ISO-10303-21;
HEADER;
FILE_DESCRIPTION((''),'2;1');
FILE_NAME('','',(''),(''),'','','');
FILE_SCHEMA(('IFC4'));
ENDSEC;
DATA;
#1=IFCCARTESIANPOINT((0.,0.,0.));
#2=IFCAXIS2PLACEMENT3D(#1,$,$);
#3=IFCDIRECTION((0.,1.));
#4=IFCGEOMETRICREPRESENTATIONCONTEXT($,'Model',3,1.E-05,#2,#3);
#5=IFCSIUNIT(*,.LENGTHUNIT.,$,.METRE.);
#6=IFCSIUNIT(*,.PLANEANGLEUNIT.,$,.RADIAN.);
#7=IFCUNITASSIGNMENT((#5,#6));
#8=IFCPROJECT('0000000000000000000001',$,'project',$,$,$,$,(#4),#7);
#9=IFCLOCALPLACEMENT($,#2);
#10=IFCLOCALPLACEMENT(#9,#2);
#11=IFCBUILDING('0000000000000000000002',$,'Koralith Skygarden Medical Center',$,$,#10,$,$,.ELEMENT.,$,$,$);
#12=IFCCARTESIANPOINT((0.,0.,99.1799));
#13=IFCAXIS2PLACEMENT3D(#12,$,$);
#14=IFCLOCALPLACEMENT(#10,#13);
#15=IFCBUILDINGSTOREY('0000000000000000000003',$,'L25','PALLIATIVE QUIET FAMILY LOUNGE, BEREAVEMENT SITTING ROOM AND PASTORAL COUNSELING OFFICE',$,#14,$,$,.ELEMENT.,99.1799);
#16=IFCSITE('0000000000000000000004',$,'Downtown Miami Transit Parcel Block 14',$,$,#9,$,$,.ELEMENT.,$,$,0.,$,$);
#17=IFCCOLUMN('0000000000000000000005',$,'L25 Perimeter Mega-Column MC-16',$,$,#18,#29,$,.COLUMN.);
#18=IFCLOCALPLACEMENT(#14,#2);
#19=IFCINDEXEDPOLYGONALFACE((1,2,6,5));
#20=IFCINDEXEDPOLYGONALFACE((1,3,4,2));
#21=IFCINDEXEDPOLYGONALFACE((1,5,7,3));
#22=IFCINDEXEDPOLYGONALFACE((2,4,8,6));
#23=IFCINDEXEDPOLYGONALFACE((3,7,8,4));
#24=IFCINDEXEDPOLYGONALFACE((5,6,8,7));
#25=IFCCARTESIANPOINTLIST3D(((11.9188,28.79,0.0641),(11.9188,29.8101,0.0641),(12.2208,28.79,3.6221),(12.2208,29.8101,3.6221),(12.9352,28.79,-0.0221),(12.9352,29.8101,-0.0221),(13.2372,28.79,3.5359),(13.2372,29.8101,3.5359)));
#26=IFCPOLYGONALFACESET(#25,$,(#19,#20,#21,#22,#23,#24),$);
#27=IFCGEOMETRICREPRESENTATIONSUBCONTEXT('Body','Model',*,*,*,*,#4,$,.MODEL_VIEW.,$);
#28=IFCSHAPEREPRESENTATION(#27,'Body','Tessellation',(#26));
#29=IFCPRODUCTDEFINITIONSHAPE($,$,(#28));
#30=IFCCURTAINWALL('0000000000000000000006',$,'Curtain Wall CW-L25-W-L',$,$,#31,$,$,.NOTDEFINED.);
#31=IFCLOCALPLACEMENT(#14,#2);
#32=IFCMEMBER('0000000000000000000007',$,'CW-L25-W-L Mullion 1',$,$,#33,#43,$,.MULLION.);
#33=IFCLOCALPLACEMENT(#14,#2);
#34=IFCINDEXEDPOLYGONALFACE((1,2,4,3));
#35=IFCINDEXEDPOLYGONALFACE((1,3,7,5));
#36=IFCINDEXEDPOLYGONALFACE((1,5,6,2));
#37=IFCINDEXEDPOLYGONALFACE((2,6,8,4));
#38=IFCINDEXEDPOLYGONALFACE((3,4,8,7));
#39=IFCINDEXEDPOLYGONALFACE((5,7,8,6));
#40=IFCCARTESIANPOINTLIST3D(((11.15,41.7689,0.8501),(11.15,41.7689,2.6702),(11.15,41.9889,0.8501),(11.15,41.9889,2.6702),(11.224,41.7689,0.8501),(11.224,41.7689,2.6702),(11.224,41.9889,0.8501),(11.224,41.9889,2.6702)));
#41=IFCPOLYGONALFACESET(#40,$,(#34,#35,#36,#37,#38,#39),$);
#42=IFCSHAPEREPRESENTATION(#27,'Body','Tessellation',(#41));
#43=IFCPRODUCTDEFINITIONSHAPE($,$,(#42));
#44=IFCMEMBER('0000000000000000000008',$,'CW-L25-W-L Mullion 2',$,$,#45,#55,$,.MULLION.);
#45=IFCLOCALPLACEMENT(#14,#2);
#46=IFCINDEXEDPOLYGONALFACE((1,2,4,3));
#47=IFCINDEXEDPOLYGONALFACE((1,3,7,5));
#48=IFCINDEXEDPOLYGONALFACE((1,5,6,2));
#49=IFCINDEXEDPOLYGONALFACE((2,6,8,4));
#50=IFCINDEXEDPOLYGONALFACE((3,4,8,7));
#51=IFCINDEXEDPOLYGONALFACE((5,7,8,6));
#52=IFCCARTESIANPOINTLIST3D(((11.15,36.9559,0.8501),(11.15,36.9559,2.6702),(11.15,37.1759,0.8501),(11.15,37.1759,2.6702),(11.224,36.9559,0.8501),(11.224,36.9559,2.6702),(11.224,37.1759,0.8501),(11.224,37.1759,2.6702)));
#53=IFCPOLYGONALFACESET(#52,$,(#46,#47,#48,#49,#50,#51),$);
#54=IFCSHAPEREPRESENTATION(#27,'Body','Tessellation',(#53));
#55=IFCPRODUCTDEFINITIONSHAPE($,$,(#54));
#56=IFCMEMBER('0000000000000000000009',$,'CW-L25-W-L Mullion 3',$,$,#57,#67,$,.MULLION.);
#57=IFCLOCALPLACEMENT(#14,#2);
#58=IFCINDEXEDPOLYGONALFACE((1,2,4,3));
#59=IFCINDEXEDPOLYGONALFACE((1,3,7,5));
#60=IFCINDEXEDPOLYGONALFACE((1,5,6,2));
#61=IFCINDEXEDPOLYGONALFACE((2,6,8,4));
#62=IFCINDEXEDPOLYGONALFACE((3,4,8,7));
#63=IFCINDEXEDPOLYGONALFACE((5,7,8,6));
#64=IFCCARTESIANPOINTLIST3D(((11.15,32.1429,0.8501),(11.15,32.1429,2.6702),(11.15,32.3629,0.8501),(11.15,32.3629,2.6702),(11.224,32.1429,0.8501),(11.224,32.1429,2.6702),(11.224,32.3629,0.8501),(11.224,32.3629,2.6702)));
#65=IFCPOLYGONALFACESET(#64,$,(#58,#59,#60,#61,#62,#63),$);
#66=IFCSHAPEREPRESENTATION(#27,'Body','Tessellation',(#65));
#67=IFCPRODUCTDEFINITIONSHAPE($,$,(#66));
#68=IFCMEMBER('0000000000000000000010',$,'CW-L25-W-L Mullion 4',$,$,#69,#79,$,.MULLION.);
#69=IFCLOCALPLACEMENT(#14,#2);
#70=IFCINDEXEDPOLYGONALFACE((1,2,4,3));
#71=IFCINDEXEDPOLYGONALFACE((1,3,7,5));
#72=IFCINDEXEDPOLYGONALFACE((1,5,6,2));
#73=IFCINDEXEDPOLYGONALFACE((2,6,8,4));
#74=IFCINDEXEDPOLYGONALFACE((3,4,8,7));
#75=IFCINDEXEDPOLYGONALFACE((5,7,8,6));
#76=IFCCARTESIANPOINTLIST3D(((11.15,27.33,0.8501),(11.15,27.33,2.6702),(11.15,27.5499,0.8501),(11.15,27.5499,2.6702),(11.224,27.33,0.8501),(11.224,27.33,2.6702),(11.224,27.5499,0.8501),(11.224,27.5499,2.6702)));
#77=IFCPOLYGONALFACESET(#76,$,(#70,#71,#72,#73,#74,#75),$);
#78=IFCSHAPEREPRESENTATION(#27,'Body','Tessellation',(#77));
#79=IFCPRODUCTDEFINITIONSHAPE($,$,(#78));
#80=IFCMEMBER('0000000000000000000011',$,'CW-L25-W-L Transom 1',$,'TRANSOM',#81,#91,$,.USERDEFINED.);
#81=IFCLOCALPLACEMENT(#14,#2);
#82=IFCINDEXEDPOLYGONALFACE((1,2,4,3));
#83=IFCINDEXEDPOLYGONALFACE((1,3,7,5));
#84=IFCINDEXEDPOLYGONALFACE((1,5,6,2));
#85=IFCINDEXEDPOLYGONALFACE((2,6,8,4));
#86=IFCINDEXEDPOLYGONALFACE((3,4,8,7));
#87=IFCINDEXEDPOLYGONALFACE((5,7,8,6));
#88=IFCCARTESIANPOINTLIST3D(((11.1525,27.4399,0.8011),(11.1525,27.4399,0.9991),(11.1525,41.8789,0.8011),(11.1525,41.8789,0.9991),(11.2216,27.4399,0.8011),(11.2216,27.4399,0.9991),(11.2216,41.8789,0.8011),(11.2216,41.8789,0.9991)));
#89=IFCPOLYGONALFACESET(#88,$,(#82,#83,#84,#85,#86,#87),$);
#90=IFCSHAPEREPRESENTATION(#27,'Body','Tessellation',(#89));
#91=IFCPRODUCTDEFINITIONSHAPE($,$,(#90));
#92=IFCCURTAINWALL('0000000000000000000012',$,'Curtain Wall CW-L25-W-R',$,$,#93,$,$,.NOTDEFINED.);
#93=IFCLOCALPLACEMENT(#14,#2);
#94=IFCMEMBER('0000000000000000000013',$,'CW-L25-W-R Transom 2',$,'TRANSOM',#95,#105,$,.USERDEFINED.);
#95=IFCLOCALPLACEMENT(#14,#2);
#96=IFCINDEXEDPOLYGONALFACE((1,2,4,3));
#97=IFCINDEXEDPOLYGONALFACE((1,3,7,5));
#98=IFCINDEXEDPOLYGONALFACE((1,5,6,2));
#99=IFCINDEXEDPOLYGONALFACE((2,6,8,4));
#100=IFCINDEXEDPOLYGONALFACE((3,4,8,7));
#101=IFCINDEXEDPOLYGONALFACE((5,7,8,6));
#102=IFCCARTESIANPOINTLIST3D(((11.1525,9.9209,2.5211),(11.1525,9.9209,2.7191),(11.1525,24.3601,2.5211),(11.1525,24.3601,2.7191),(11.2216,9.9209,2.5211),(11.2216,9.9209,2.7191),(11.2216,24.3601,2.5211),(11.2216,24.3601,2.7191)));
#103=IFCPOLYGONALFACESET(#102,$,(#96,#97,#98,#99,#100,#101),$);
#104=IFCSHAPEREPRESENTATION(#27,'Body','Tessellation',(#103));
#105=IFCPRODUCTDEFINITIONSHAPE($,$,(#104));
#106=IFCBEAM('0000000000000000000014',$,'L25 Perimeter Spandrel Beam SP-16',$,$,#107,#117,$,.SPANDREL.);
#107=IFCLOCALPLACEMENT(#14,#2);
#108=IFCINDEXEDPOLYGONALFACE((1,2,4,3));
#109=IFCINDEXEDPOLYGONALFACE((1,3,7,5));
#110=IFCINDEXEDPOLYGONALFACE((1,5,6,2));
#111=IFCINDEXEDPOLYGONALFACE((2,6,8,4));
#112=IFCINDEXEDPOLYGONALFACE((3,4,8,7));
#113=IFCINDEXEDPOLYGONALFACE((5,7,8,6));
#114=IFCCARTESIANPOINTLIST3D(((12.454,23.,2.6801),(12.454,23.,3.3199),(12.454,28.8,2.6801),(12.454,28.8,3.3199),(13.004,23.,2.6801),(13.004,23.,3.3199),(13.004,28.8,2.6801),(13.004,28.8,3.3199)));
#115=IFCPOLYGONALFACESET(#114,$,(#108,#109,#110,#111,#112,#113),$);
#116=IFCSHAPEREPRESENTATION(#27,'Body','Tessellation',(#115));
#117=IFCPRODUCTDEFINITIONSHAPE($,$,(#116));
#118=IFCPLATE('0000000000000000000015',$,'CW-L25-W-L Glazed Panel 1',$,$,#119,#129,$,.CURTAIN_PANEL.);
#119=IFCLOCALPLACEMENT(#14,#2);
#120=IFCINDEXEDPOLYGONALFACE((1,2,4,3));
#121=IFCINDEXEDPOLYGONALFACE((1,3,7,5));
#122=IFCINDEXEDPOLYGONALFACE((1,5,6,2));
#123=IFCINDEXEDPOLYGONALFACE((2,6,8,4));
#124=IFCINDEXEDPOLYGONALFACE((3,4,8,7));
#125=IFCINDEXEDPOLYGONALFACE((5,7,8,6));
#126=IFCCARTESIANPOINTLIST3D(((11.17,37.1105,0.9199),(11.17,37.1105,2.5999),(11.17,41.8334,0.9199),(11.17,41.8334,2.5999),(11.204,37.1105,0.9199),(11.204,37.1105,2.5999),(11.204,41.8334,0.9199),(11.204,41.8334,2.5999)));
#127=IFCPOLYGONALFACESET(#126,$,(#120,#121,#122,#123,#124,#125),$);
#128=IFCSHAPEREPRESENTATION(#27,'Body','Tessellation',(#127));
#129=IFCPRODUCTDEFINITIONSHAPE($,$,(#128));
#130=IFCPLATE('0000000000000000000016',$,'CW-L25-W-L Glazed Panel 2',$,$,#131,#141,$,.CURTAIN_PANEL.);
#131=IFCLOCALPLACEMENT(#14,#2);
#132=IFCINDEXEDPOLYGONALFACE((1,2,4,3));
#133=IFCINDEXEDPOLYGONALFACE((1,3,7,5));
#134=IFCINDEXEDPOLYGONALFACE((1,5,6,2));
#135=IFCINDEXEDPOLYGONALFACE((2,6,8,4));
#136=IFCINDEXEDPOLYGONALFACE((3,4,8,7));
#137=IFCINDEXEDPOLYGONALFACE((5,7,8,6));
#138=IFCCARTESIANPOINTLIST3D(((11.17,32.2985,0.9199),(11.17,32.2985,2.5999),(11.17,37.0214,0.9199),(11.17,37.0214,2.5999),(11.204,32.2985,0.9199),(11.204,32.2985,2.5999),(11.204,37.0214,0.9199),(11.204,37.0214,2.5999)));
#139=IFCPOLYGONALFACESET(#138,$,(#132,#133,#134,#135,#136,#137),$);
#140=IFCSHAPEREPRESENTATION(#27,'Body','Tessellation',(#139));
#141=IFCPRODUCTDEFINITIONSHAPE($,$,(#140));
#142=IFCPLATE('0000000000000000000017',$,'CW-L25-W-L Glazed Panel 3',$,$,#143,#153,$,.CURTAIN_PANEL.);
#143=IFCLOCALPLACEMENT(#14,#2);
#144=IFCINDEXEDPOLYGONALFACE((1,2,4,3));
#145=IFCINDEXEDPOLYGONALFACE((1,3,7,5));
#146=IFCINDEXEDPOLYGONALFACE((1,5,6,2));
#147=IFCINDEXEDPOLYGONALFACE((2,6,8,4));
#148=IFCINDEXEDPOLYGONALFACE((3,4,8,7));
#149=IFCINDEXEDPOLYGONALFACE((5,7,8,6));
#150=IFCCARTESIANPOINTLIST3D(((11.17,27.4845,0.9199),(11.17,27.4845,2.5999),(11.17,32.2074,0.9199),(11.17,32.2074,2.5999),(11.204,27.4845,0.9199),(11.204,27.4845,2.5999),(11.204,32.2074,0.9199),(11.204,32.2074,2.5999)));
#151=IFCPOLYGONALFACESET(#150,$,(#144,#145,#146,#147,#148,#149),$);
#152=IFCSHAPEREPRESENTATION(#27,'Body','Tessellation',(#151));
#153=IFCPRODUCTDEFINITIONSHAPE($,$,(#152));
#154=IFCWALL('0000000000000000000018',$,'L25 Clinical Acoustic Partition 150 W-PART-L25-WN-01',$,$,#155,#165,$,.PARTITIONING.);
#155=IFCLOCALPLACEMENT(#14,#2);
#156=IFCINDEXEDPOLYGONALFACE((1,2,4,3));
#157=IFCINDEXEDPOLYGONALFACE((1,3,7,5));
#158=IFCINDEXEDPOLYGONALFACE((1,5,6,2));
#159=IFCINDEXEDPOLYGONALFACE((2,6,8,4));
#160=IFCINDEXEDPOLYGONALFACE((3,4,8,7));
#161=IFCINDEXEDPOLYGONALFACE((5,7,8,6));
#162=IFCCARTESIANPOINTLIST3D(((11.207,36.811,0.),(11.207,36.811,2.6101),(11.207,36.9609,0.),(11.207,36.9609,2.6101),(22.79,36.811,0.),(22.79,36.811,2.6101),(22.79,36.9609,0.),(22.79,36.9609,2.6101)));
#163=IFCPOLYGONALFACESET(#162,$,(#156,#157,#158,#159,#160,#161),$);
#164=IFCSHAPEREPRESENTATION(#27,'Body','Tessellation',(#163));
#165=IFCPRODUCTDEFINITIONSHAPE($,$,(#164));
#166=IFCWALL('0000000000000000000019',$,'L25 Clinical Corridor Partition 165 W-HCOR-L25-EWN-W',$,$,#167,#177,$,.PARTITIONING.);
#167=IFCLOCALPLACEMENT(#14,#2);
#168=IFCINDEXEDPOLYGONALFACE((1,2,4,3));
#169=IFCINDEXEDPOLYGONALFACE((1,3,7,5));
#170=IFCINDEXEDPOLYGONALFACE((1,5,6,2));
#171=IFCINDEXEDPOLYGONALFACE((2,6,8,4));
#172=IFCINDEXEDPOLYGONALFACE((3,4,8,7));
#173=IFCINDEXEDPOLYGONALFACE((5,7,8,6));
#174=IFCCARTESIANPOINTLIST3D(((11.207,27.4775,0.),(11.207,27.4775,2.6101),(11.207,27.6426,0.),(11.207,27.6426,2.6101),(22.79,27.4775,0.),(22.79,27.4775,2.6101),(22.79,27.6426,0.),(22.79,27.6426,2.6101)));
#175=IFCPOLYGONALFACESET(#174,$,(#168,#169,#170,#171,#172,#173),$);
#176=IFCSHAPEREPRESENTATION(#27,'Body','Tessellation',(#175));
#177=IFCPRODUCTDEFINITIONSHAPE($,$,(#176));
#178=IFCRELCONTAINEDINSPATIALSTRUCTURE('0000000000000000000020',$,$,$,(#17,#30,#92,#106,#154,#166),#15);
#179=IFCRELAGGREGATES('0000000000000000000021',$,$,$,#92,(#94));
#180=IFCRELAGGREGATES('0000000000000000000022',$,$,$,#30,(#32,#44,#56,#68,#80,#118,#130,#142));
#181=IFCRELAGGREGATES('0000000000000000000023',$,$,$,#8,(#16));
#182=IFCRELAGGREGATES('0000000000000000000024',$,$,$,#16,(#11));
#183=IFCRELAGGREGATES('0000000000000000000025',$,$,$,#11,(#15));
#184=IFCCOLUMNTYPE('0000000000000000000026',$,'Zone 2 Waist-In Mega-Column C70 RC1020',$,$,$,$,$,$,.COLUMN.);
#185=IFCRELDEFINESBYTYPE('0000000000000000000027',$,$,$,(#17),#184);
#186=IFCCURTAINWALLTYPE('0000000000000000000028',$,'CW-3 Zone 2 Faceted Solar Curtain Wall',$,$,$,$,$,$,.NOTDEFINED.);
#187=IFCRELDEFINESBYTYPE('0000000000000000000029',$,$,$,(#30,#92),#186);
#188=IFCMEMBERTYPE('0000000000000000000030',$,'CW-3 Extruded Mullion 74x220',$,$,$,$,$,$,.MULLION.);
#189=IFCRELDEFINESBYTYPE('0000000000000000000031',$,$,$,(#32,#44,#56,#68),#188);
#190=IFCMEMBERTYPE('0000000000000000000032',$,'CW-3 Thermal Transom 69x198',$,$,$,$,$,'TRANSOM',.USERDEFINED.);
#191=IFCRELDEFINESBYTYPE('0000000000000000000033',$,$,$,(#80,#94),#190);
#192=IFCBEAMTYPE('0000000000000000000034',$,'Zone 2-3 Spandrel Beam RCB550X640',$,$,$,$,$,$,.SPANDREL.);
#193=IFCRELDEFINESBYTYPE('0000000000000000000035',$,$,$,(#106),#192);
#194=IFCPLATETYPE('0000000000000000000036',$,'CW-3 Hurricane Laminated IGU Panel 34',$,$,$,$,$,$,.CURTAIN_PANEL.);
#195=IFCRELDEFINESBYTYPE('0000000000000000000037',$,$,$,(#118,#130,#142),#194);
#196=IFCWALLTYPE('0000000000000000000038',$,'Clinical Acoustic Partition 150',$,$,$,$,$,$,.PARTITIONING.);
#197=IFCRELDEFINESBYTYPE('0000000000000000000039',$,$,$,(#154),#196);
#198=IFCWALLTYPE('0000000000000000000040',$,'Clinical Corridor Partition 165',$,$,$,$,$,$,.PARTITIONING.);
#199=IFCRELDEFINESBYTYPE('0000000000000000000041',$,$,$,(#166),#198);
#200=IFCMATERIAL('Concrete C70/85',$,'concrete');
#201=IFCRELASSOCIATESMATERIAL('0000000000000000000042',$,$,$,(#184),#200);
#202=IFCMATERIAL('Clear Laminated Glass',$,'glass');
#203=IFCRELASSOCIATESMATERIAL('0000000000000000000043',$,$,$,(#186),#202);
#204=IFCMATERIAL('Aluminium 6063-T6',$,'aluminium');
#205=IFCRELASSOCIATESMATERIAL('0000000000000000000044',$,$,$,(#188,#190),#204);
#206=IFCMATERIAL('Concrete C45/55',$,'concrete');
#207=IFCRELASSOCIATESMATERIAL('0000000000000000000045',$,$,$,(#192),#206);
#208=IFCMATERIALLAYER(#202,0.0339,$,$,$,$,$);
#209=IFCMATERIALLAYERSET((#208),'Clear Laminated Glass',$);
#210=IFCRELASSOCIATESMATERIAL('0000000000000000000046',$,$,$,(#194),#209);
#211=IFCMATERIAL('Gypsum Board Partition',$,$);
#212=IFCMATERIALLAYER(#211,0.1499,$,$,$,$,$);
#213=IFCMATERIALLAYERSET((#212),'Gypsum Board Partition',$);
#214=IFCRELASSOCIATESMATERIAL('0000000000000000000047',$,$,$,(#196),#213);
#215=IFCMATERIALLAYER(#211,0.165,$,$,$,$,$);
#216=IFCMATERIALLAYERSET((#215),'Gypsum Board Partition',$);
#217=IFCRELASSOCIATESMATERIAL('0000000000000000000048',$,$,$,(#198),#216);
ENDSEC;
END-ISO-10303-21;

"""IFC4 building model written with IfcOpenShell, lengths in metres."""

from ifc_helpers import new_model, si_unit, direction, frame, frame_2d, origin, origin_2d, place, context, subcontext, project, spatial, rectangle, extrude, material, layer, layer_set, material_profile, profile_set, type_object, element, aggregate, save


model = new_model("IFC4")

# Units and contexts
model_context = context("Model", 3, precision=1e-05, world=origin(), true_north=direction((0.0, 1.0)))
body_context = subcontext(model_context, "Body", "Model", "MODEL_VIEW")
ifc_project = project(units=[si_unit("LENGTHUNIT", "METRE"), si_unit("PLANEANGLEUNIT", "RADIAN")], contexts=[model_context])

# Site, building, storey
site_placement = place(None, origin())
site = spatial("IfcSite", under=ifc_project, at=site_placement, Name="Downtown Miami Transit Parcel Block 14", CompositionType="ELEMENT", RefElevation=0.0)
building_placement = place(site_placement, origin())
building = spatial("IfcBuilding", under=site, at=building_placement, Name="Koralith Skygarden Medical Center", CompositionType="ELEMENT")
storey_placement = place(building_placement, frame((0.0, 0.0, 99.1799)))
storey = spatial("IfcBuildingStorey", under=building, at=storey_placement, Name="L25", Description="PALLIATIVE QUIET FAMILY LOUNGE, BEREAVEMENT SITTING ROOM AND PASTORAL COUNSELING OFFICE", CompositionType="ELEMENT", Elevation=99.1799)

# Column
ifc_material_1 = material(Name="Concrete C70/85", Category="concrete")
ifc_material_profile_1 = material_profile(ifc_material_1, rectangle(XDim=1.02, YDim=1.02, at=origin_2d()), Name="RC1020X1020")
ifc_profile_set_1 = profile_set([ifc_material_profile_1], Name="Concrete C70/85")
column_type = type_object("IfcColumnType", Name="Zone 2 Waist-In Mega-Column C70 RC1020", PredefinedType="COLUMN", material=ifc_profile_set_1)
column_placement = place(storey_placement, frame((12.427, 29.3, 0.021), z_axis=(0.084573, 0.0, 0.996417), x_axis=(0.0, 1.0, 0.0)))
element("IfcColumn", 1, at=column_placement, inside=storey, type_object=column_type, Name="L25 Perimeter Mega-Column MC-16", PredefinedType="COLUMN", context=body_context, shape_type="SweptSolid", body=[
    extrude(rectangle(XDim=1.02, YDim=1.02, at=origin_2d()), origin(), (0.0, 0.0, 1.0), 3.5708),
])

# Curtain wall, members
ifc_material_2 = material(Name="Clear Laminated Glass", Category="glass")
curtain_wall_type = type_object("IfcCurtainWallType", Name="CW-3 Zone 2 Faceted Solar Curtain Wall", PredefinedType="NOTDEFINED", material=ifc_material_2)
curtain_wall_1_placement = place(storey_placement, origin())
curtain_wall_1 = element("IfcCurtainWall", 2, at=curtain_wall_1_placement, inside=storey, type_object=curtain_wall_type, Name="Curtain Wall CW-L25-W-L", PredefinedType="NOTDEFINED")
ifc_material_3 = material(Name="Aluminium 6063-T6", Category="aluminium")
ifc_material_profile_2 = material_profile(ifc_material_3, rectangle(XDim=0.074, YDim=0.22, at=origin_2d()), Name="MUL74X220")
ifc_profile_set_2 = profile_set([ifc_material_profile_2], Name="Aluminium 6063-T6")
member_type_1 = type_object("IfcMemberType", Name="CW-3 Extruded Mullion 74x220", PredefinedType="MULLION", material=ifc_profile_set_2)
member_1_placement = place(storey_placement, frame((11.187, 41.8789, 0.8501), z_axis=(0.0, 0.0, 1.0), x_axis=(1.0, 0.0, 0.0)))
member_1 = element("IfcMember", 3, at=member_1_placement, type_object=member_type_1, Name="CW-L25-W-L Mullion 1", PredefinedType="MULLION", context=body_context, shape_type="SweptSolid", body=[
    extrude(rectangle(XDim=0.074, YDim=0.22, at=origin_2d()), origin(), (0.0, 0.0, 1.0), 1.8201),
])
member_2_placement = place(storey_placement, frame((11.187, 37.0659, 0.8501), z_axis=(0.0, 0.0, 1.0), x_axis=(1.0, 0.0, 0.0)))
member_2 = element("IfcMember", 4, at=member_2_placement, type_object=member_type_1, Name="CW-L25-W-L Mullion 2", PredefinedType="MULLION", context=body_context, shape_type="SweptSolid", body=[
    extrude(rectangle(XDim=0.074, YDim=0.22, at=origin_2d()), origin(), (0.0, 0.0, 1.0), 1.8201),
])
member_3_placement = place(storey_placement, frame((11.187, 32.2529, 0.8501), z_axis=(0.0, 0.0, 1.0), x_axis=(1.0, 0.0, 0.0)))
member_3 = element("IfcMember", 5, at=member_3_placement, type_object=member_type_1, Name="CW-L25-W-L Mullion 3", PredefinedType="MULLION", context=body_context, shape_type="SweptSolid", body=[
    extrude(rectangle(XDim=0.074, YDim=0.22, at=origin_2d()), origin(), (0.0, 0.0, 1.0), 1.8201),
])
member_4_placement = place(storey_placement, frame((11.187, 27.4399, 0.8501), z_axis=(0.0, 0.0, 1.0), x_axis=(1.0, 0.0, 0.0)))
member_4 = element("IfcMember", 6, at=member_4_placement, type_object=member_type_1, Name="CW-L25-W-L Mullion 4", PredefinedType="MULLION", context=body_context, shape_type="SweptSolid", body=[
    extrude(rectangle(XDim=0.074, YDim=0.22, at=origin_2d()), origin(), (0.0, 0.0, 1.0), 1.8201),
])
ifc_material_profile_3 = material_profile(ifc_material_3, rectangle(XDim=0.0691, YDim=0.198, at=origin_2d()), Name="TRN69X198")
ifc_profile_set_3 = profile_set([ifc_material_profile_3], Name="Aluminium 6063-T6")
member_type_2 = type_object("IfcMemberType", Name="CW-3 Thermal Transom 69x198", ElementType="TRANSOM", PredefinedType="USERDEFINED", material=ifc_profile_set_3)
member_5_placement = place(storey_placement, frame((11.187, 41.8789, 0.9001), z_axis=(0.0, -1.0, 0.0), x_axis=(1.0, 0.0, 0.0)))
member_5 = element("IfcMember", 7, at=member_5_placement, type_object=member_type_2, Name="CW-L25-W-L Transom 1", ObjectType="TRANSOM", PredefinedType="USERDEFINED", context=body_context, shape_type="SweptSolid", body=[
    extrude(rectangle(XDim=0.0691, YDim=0.198, at=origin_2d()), origin(), (0.0, 0.0, 1.0), 14.439),
])

# Curtain wall, member
curtain_wall_2_placement = place(storey_placement, origin())
curtain_wall_2 = element("IfcCurtainWall", 8, at=curtain_wall_2_placement, inside=storey, type_object=curtain_wall_type, Name="Curtain Wall CW-L25-W-R", PredefinedType="NOTDEFINED")
member_6_placement = place(storey_placement, frame((11.187, 24.3601, 2.6201), z_axis=(0.0, -1.0, 0.0), x_axis=(1.0, 0.0, 0.0)))
member_6 = element("IfcMember", 9, at=member_6_placement, type_object=member_type_2, Name="CW-L25-W-R Transom 2", ObjectType="TRANSOM", PredefinedType="USERDEFINED", context=body_context, shape_type="SweptSolid", body=[
    extrude(rectangle(XDim=0.0691, YDim=0.198, at=origin_2d()), origin(), (0.0, 0.0, 1.0), 14.4392),
])
aggregate(curtain_wall_2, [member_6])

# Beam
ifc_material_4 = material(Name="Concrete C45/55", Category="concrete")
ifc_material_profile_4 = material_profile(ifc_material_4, rectangle(XDim=0.55, YDim=0.6399, at=origin_2d()), Name="RCB550X640")
ifc_profile_set_4 = profile_set([ifc_material_profile_4], Name="Concrete C45/55")
beam_type = type_object("IfcBeamType", Name="Zone 2-3 Spandrel Beam RCB550X640", PredefinedType="SPANDREL", material=ifc_profile_set_4)
beam_placement = place(storey_placement, frame((12.729, 28.8, 3.0), z_axis=(0.0, -1.0, 0.0), x_axis=(1.0, 0.0, 0.0)))
element("IfcBeam", 10, at=beam_placement, inside=storey, type_object=beam_type, Name="L25 Perimeter Spandrel Beam SP-16", PredefinedType="SPANDREL", context=body_context, shape_type="SweptSolid", body=[
    extrude(rectangle(XDim=0.55, YDim=0.6399, at=origin_2d()), origin(), (0.0, 0.0, 1.0), 5.8),
])

# Plates
ifc_layer_1 = layer(ifc_material_2, 0.0339)
ifc_layer_set_1 = layer_set([ifc_layer_1], Name="Clear Laminated Glass")
plate_type = type_object("IfcPlateType", Name="CW-3 Hurricane Laminated IGU Panel 34", PredefinedType="CURTAIN_PANEL", material=ifc_layer_set_1)
plate_1_placement = place(storey_placement, frame((11.187, 39.4719, 0.9199), z_axis=(0.0, 0.0, 1.0), x_axis=(0.0, -1.0, 0.0)))
plate_1 = element("IfcPlate", 11, at=plate_1_placement, type_object=plate_type, Name="CW-L25-W-L Glazed Panel 1", PredefinedType="CURTAIN_PANEL", context=body_context, shape_type="SweptSolid", body=[
    extrude(rectangle(XDim=4.7229, YDim=0.0339, at=origin_2d()), origin(), (0.0, 0.0, 1.0), 1.6799),
])
plate_2_placement = place(storey_placement, frame((11.187, 34.6599, 0.9199), z_axis=(0.0, 0.0, 1.0), x_axis=(0.0, -1.0, 0.0)))
plate_2 = element("IfcPlate", 12, at=plate_2_placement, type_object=plate_type, Name="CW-L25-W-L Glazed Panel 2", PredefinedType="CURTAIN_PANEL", context=body_context, shape_type="SweptSolid", body=[
    extrude(rectangle(XDim=4.7229, YDim=0.0339, at=origin_2d()), origin(), (0.0, 0.0, 1.0), 1.6799),
])
plate_3_placement = place(storey_placement, frame((11.187, 29.8459, 0.9199), z_axis=(0.0, 0.0, 1.0), x_axis=(0.0, -1.0, 0.0)))
plate_3 = element("IfcPlate", 13, at=plate_3_placement, type_object=plate_type, Name="CW-L25-W-L Glazed Panel 3", PredefinedType="CURTAIN_PANEL", context=body_context, shape_type="SweptSolid", body=[
    extrude(rectangle(XDim=4.7229, YDim=0.0339, at=origin_2d()), origin(), (0.0, 0.0, 1.0), 1.6799),
])
aggregate(curtain_wall_1, [member_1, member_2, member_3, member_4, member_5, plate_1, plate_2, plate_3])

# Walls
ifc_material_5 = material(Name="Gypsum Board Partition")
ifc_layer_2 = layer(ifc_material_5, 0.1499)
ifc_layer_set_2 = layer_set([ifc_layer_2], Name="Gypsum Board Partition")
wall_type_1 = type_object("IfcWallType", Name="Clinical Acoustic Partition 150", PredefinedType="PARTITIONING", material=ifc_layer_set_2)
wall_1_placement = place(storey_placement, frame((22.79, 36.886, 0.0), z_axis=(0.0, 0.0, 1.0), x_axis=(-1.0, 0.0, 0.0)))
element("IfcWall", 14, at=wall_1_placement, inside=storey, type_object=wall_type_1, Name="L25 Clinical Acoustic Partition 150 W-PART-L25-WN-01", PredefinedType="PARTITIONING", context=body_context, shape_type="SweptSolid", body=[
    extrude(rectangle(XDim=11.583, YDim=0.1499, at=frame_2d((5.7915, 0.0))), origin(), (0.0, 0.0, 1.0), 2.6101),
])
ifc_layer_3 = layer(ifc_material_5, 0.165)
ifc_layer_set_3 = layer_set([ifc_layer_3], Name="Gypsum Board Partition")
wall_type_2 = type_object("IfcWallType", Name="Clinical Corridor Partition 165", PredefinedType="PARTITIONING", material=ifc_layer_set_3)
wall_2_placement = place(storey_placement, frame((11.207, 27.5601, 0.0), z_axis=(0.0, 0.0, 1.0), x_axis=(1.0, 0.0, 0.0)))
element("IfcWall", 15, at=wall_2_placement, inside=storey, type_object=wall_type_2, Name="L25 Clinical Corridor Partition 165 W-HCOR-L25-EWN-W", PredefinedType="PARTITIONING", context=body_context, shape_type="SweptSolid", body=[
    extrude(rectangle(XDim=11.583, YDim=0.165, at=frame_2d((5.7915, 0.0))), origin(), (0.0, 0.0, 1.0), 2.6101),
])

save(model, "model.ifc")
